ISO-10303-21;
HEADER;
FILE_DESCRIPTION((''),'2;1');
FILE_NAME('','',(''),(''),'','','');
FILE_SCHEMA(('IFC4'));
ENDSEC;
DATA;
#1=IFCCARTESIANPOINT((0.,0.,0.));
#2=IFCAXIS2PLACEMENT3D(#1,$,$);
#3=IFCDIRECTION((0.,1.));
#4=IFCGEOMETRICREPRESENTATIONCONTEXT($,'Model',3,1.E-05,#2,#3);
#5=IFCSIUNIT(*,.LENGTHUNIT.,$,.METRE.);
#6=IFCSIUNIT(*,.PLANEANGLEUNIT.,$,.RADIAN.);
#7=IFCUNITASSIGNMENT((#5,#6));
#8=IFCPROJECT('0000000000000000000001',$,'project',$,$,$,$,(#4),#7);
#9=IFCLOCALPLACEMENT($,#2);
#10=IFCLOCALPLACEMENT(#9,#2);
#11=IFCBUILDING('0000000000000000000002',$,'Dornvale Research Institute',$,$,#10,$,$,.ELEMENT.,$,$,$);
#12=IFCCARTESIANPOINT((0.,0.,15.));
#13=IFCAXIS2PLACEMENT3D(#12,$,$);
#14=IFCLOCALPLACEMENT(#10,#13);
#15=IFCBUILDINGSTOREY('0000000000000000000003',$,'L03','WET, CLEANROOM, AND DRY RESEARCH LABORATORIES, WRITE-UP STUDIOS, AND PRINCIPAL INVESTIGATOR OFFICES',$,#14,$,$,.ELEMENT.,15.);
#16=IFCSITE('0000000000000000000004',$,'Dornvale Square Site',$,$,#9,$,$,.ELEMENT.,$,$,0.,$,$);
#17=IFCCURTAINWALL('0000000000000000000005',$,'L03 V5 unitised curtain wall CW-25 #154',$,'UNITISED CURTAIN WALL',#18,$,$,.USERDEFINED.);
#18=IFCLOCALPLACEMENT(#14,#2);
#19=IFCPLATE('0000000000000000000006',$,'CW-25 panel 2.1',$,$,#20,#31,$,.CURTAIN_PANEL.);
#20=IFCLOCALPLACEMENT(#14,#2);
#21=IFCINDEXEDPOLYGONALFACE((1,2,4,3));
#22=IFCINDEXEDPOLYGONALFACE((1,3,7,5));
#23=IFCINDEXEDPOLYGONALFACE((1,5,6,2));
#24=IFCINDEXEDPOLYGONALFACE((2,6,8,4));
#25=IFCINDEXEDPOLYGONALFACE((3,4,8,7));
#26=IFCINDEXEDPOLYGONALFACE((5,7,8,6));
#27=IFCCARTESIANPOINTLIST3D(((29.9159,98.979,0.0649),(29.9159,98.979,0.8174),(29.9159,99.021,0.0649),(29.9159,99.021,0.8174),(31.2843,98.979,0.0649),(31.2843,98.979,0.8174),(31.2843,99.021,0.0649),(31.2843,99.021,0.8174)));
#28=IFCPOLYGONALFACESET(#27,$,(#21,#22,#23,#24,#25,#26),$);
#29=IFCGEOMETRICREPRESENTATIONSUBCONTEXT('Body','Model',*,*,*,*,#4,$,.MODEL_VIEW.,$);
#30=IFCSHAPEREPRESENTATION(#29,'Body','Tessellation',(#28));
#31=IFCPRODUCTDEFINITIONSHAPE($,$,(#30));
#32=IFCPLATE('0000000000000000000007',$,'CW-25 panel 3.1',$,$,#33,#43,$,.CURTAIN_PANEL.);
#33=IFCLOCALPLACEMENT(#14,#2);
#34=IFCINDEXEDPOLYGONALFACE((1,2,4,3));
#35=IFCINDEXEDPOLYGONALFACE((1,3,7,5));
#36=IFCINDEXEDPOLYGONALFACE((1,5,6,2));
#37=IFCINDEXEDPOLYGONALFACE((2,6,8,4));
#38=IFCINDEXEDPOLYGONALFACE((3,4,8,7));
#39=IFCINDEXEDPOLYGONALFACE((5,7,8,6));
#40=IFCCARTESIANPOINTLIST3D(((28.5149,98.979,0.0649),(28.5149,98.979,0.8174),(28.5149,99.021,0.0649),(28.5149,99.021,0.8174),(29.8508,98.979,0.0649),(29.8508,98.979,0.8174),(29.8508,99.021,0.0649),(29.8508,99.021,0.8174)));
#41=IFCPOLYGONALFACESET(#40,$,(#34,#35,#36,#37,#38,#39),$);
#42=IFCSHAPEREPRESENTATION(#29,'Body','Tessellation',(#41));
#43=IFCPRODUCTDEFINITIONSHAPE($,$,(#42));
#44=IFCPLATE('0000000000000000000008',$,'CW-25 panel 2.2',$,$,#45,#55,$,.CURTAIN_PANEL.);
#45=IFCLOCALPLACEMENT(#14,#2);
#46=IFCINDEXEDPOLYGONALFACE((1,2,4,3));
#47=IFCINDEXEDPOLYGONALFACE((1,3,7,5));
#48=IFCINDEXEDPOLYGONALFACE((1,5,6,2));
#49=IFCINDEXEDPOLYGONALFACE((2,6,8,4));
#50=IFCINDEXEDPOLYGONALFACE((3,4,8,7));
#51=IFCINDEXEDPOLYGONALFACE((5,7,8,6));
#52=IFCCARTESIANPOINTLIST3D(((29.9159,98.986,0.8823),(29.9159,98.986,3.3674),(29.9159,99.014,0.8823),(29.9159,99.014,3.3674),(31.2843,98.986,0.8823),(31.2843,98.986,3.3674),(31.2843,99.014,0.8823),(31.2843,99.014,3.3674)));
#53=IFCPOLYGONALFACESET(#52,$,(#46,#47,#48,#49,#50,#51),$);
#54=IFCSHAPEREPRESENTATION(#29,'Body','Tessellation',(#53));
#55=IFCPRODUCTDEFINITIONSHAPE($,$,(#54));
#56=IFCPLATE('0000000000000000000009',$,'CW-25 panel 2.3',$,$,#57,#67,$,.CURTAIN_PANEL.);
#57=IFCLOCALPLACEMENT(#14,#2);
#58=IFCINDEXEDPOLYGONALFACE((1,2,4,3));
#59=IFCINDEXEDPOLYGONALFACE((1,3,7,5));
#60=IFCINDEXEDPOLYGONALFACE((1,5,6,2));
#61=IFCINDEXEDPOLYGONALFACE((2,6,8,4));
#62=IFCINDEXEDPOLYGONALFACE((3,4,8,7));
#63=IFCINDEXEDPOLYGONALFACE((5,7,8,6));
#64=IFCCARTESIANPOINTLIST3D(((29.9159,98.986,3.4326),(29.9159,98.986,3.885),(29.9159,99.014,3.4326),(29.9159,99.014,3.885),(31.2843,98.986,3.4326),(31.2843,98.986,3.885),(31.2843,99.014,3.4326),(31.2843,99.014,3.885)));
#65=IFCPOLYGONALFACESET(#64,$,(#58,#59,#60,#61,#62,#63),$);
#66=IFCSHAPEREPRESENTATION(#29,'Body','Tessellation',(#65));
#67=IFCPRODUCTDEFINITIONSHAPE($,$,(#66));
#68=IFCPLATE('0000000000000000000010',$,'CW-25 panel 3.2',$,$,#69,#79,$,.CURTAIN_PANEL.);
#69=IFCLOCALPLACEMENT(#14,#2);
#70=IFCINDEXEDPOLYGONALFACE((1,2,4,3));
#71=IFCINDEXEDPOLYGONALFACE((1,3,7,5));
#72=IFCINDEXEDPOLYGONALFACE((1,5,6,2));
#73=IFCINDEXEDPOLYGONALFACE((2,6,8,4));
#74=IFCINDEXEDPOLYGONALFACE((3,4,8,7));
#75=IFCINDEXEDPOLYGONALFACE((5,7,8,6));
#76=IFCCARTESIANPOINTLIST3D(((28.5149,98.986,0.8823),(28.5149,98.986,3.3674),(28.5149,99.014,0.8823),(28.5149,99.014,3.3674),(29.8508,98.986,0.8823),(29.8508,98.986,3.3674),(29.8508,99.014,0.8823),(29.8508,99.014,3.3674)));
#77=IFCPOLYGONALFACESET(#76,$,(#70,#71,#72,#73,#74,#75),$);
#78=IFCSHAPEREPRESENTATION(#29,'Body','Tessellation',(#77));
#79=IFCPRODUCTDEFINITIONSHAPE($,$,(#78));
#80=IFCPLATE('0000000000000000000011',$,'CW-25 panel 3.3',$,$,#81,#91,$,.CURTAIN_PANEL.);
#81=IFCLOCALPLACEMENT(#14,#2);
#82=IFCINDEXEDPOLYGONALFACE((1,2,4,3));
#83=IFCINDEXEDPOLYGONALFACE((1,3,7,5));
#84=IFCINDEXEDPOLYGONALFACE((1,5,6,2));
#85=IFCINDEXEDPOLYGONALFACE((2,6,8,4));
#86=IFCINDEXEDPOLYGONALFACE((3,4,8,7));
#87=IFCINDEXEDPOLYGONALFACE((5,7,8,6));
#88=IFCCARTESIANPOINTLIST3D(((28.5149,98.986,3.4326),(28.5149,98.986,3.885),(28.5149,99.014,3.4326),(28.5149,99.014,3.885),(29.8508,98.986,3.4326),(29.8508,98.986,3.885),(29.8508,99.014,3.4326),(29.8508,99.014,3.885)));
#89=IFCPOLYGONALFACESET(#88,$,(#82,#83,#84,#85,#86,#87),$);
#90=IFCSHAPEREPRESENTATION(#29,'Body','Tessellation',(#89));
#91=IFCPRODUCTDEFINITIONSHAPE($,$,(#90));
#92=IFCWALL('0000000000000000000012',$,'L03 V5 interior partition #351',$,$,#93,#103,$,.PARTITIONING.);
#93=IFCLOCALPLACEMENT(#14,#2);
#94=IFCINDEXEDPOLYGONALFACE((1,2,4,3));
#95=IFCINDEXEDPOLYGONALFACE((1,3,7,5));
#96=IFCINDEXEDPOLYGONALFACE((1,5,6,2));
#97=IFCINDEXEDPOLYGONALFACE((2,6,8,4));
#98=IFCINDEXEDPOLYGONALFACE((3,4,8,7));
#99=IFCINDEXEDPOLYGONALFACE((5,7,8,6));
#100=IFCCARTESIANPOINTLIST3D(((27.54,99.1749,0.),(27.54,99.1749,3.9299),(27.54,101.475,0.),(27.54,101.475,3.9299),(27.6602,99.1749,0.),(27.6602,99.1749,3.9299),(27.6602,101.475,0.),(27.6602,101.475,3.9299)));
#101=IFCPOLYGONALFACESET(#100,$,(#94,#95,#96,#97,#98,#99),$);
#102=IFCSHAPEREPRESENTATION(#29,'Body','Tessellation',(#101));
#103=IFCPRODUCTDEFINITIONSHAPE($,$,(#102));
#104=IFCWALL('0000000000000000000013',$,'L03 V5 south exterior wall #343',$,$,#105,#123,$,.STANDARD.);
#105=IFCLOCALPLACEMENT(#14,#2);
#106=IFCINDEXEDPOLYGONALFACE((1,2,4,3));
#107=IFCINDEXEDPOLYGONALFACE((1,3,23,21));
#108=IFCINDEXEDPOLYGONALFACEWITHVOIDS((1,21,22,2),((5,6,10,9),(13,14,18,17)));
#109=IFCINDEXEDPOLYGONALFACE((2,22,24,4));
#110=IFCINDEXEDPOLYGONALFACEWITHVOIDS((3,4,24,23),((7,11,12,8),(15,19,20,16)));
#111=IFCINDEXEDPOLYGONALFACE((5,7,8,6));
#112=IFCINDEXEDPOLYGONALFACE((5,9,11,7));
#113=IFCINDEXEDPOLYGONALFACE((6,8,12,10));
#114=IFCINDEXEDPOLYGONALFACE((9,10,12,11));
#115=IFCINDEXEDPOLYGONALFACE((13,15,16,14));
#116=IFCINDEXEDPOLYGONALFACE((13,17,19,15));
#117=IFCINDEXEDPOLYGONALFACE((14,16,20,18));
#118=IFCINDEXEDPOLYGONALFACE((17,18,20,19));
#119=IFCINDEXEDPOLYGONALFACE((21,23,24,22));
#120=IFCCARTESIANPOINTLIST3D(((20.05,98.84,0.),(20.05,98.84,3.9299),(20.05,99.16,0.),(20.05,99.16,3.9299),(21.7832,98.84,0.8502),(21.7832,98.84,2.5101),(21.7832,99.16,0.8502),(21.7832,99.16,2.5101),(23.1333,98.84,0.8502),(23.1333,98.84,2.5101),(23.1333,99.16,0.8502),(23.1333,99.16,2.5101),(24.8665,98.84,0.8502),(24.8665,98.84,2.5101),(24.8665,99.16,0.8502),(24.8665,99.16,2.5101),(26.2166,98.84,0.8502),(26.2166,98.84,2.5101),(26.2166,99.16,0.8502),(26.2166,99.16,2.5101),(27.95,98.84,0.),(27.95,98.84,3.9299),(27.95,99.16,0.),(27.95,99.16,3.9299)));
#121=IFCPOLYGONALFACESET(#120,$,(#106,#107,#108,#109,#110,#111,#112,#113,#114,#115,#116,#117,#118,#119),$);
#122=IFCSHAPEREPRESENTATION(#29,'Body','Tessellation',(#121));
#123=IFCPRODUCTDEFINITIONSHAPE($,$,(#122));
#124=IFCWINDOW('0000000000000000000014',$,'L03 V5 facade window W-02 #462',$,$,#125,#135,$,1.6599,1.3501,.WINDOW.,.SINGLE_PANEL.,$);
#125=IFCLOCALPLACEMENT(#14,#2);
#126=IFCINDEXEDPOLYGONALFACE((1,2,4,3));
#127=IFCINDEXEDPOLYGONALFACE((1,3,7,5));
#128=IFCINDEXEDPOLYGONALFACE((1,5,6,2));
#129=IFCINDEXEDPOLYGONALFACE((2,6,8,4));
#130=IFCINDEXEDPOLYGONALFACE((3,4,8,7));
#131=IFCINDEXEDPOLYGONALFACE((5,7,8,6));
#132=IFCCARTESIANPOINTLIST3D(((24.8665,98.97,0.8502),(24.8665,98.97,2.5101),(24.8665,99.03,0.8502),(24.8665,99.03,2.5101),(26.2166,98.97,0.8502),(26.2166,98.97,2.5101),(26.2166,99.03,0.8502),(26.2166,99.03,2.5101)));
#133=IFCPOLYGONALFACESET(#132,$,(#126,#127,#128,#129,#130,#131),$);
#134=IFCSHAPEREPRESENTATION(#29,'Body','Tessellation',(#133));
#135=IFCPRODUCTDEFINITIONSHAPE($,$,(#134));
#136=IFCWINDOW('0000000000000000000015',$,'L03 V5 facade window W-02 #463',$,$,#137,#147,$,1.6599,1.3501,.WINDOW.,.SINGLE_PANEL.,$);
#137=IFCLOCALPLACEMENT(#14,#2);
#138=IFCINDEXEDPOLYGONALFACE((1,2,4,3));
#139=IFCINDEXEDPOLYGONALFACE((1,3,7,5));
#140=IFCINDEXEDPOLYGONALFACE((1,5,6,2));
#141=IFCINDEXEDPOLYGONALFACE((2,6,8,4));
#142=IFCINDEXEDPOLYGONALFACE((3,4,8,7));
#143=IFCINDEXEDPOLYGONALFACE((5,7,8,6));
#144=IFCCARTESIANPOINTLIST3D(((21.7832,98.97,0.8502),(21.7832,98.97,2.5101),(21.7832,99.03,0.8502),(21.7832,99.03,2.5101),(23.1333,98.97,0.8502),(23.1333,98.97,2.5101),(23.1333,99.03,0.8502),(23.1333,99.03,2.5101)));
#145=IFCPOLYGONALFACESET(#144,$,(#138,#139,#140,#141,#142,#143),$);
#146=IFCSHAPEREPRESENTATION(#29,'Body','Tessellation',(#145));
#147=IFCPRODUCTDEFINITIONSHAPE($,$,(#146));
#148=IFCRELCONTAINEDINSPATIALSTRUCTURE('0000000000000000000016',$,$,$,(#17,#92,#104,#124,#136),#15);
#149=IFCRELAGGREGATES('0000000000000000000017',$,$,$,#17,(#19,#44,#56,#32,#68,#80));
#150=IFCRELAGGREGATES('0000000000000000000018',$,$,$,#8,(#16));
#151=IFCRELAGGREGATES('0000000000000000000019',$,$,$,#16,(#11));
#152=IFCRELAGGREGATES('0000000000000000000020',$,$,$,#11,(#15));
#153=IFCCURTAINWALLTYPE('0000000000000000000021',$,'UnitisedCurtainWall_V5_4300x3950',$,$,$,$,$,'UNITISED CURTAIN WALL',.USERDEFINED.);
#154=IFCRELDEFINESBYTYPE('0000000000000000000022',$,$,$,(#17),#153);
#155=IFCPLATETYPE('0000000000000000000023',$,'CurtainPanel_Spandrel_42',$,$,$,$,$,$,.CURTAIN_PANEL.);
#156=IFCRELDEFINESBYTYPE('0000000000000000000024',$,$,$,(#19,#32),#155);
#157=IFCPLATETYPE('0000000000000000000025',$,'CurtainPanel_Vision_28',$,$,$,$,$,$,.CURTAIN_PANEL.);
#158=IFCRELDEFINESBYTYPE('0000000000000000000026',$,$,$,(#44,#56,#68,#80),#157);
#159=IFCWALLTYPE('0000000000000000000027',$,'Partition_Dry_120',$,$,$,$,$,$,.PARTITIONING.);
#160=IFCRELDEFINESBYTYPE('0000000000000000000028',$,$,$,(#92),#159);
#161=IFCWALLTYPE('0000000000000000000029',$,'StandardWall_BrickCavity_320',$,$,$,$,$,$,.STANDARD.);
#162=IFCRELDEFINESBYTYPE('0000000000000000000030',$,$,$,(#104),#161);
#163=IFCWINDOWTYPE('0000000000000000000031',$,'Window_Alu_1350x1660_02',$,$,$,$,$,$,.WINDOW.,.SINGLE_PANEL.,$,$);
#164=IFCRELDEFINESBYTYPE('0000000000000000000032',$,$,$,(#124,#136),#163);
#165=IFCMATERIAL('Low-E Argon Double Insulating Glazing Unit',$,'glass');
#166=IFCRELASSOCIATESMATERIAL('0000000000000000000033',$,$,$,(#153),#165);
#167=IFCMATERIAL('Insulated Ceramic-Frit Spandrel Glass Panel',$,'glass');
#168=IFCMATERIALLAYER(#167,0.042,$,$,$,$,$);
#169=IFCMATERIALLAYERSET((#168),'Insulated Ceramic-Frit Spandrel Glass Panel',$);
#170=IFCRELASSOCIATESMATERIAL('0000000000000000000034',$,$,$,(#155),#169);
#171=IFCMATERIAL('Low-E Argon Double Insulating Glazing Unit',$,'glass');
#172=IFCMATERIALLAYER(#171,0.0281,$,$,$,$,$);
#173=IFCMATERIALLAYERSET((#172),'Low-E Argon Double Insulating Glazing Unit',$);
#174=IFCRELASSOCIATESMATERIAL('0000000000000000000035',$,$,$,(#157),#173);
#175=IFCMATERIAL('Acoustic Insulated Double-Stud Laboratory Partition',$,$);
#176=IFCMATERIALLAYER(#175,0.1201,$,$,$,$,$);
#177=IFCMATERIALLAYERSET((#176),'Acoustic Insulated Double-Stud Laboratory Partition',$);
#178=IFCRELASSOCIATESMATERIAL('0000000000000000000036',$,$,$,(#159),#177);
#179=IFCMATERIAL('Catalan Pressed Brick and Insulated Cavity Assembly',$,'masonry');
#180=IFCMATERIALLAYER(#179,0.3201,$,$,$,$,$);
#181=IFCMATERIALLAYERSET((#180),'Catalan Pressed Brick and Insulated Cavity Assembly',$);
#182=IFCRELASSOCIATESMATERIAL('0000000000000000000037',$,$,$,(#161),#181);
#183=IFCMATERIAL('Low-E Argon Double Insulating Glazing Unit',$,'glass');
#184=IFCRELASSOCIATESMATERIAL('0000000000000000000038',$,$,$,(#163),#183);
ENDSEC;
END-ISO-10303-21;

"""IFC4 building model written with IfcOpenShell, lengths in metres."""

from ifc_helpers import new_model, si_unit, direction, frame, frame_2d, origin, origin_2d, place, context, subcontext, project, spatial, rectangle, extrude, material, layer, layer_set, type_object, element, fill, aggregate, save


model = new_model("IFC4")

# Units and contexts
model_context = context("Model", 3, precision=1e-05, world=origin(), true_north=direction((0.0, 1.0)))
body_context = subcontext(model_context, "Body", "Model", "MODEL_VIEW")
ifc_project = project(units=[si_unit("LENGTHUNIT", "METRE"), si_unit("PLANEANGLEUNIT", "RADIAN")], contexts=[model_context])

# Site, building, storey
site_placement = place(None, origin())
site = spatial("IfcSite", under=ifc_project, at=site_placement, Name="Dornvale Square Site", CompositionType="ELEMENT", RefElevation=0.0)
building_placement = place(site_placement, origin())
building = spatial("IfcBuilding", under=site, at=building_placement, Name="Dornvale Research Institute", CompositionType="ELEMENT")
storey_placement = place(building_placement, frame((0.0, 0.0, 15.0)))
storey = spatial("IfcBuildingStorey", under=building, at=storey_placement, Name="L03", Description="WET, CLEANROOM, AND DRY RESEARCH LABORATORIES, WRITE-UP STUDIOS, AND PRINCIPAL INVESTIGATOR OFFICES", CompositionType="ELEMENT", Elevation=15.0)

# Curtain wall
ifc_material_1 = material(Name="Low-E Argon Double Insulating Glazing Unit", Category="glass")
curtain_wall_type = type_object("IfcCurtainWallType", Name="UnitisedCurtainWall_V5_4300x3950", ElementType="UNITISED CURTAIN WALL", PredefinedType="USERDEFINED", material=ifc_material_1)
curtain_wall_placement = place(storey_placement, origin())
curtain_wall = element("IfcCurtainWall", 1, at=curtain_wall_placement, inside=storey, type_object=curtain_wall_type, Name="L03 V5 unitised curtain wall CW-25 #154", ObjectType="UNITISED CURTAIN WALL", PredefinedType="USERDEFINED")

# Plates
ifc_material_2 = material(Name="Insulated Ceramic-Frit Spandrel Glass Panel", Category="glass")
ifc_layer_1 = layer(ifc_material_2, 0.042)
ifc_layer_set_1 = layer_set([ifc_layer_1], Name="Insulated Ceramic-Frit Spandrel Glass Panel")
plate_type_1 = type_object("IfcPlateType", Name="CurtainPanel_Spandrel_42", PredefinedType="CURTAIN_PANEL", material=ifc_layer_set_1)
plate_1_placement = place(storey_placement, frame((30.6001, 99.0, 0.0649), z_axis=(0.0, 0.0, 1.0), x_axis=(-1.0, 0.0, 0.0)))
plate_1 = element("IfcPlate", 2, at=plate_1_placement, type_object=plate_type_1, Name="CW-25 panel 2.1", PredefinedType="CURTAIN_PANEL", context=body_context, shape_type="SweptSolid", body=[
    extrude(rectangle(XDim=1.3684, YDim=0.042, at=origin_2d()), origin(), (0.0, 0.0, 1.0), 0.7524),
])
plate_2_placement = place(storey_placement, frame((29.1829, 99.0, 0.0649), z_axis=(0.0, 0.0, 1.0), x_axis=(-1.0, 0.0, 0.0)))
plate_2 = element("IfcPlate", 3, at=plate_2_placement, type_object=plate_type_1, Name="CW-25 panel 3.1", PredefinedType="CURTAIN_PANEL", context=body_context, shape_type="SweptSolid", body=[
    extrude(rectangle(XDim=1.3359, YDim=0.042, at=origin_2d()), origin(), (0.0, 0.0, 1.0), 0.7524),
])
ifc_material_3 = material(Name="Low-E Argon Double Insulating Glazing Unit", Category="glass")
ifc_layer_2 = layer(ifc_material_3, 0.0281)
ifc_layer_set_2 = layer_set([ifc_layer_2], Name="Low-E Argon Double Insulating Glazing Unit")
plate_type_2 = type_object("IfcPlateType", Name="CurtainPanel_Vision_28", PredefinedType="CURTAIN_PANEL", material=ifc_layer_set_2)
plate_3_placement = place(storey_placement, frame((30.6001, 99.0, 0.8823), z_axis=(0.0, 0.0, 1.0), x_axis=(-1.0, 0.0, 0.0)))
plate_3 = element("IfcPlate", 4, at=plate_3_placement, type_object=plate_type_2, Name="CW-25 panel 2.2", PredefinedType="CURTAIN_PANEL", context=body_context, shape_type="SweptSolid", body=[
    extrude(rectangle(XDim=1.3684, YDim=0.0281, at=origin_2d()), origin(), (0.0, 0.0, 1.0), 2.4851),
])
plate_4_placement = place(storey_placement, frame((30.6001, 99.0, 3.4326), z_axis=(0.0, 0.0, 1.0), x_axis=(-1.0, 0.0, 0.0)))
plate_4 = element("IfcPlate", 5, at=plate_4_placement, type_object=plate_type_2, Name="CW-25 panel 2.3", PredefinedType="CURTAIN_PANEL", context=body_context, shape_type="SweptSolid", body=[
    extrude(rectangle(XDim=1.3684, YDim=0.0281, at=origin_2d()), origin(), (0.0, 0.0, 1.0), 0.4524),
])
plate_5_placement = place(storey_placement, frame((29.1829, 99.0, 0.8823), z_axis=(0.0, 0.0, 1.0), x_axis=(-1.0, 0.0, 0.0)))
plate_5 = element("IfcPlate", 6, at=plate_5_placement, type_object=plate_type_2, Name="CW-25 panel 3.2", PredefinedType="CURTAIN_PANEL", context=body_context, shape_type="SweptSolid", body=[
    extrude(rectangle(XDim=1.3359, YDim=0.0281, at=origin_2d()), origin(), (0.0, 0.0, 1.0), 2.4851),
])
plate_6_placement = place(storey_placement, frame((29.1829, 99.0, 3.4326), z_axis=(0.0, 0.0, 1.0), x_axis=(-1.0, 0.0, 0.0)))
plate_6 = element("IfcPlate", 7, at=plate_6_placement, type_object=plate_type_2, Name="CW-25 panel 3.3", PredefinedType="CURTAIN_PANEL", context=body_context, shape_type="SweptSolid", body=[
    extrude(rectangle(XDim=1.3359, YDim=0.0281, at=origin_2d()), origin(), (0.0, 0.0, 1.0), 0.4524),
])
aggregate(curtain_wall, [plate_1, plate_3, plate_4, plate_2, plate_5, plate_6])

# Wall
ifc_material_4 = material(Name="Acoustic Insulated Double-Stud Laboratory Partition")
ifc_layer_3 = layer(ifc_material_4, 0.1201)
ifc_layer_set_3 = layer_set([ifc_layer_3], Name="Acoustic Insulated Double-Stud Laboratory Partition")
wall_type_1 = type_object("IfcWallType", Name="Partition_Dry_120", PredefinedType="PARTITIONING", material=ifc_layer_set_3)
wall_1_placement = place(storey_placement, frame((27.6001, 99.175, 0.0), z_axis=(0.0, 0.0, 1.0), x_axis=(0.0, 1.0, 0.0)))
element("IfcWall", 8, at=wall_1_placement, inside=storey, type_object=wall_type_1, Name="L03 V5 interior partition #351", PredefinedType="PARTITIONING", context=body_context, shape_type="SweptSolid", body=[
    extrude(rectangle(XDim=2.3, YDim=0.1201, at=frame_2d((1.1499, 0.0))), origin(), (0.0, 0.0, 1.0), 3.9299),
])

# Wall, openings, windows
ifc_material_5 = material(Name="Catalan Pressed Brick and Insulated Cavity Assembly", Category="masonry")
ifc_layer_4 = layer(ifc_material_5, 0.3201)
ifc_layer_set_4 = layer_set([ifc_layer_4], Name="Catalan Pressed Brick and Insulated Cavity Assembly")
wall_type_2 = type_object("IfcWallType", Name="StandardWall_BrickCavity_320", PredefinedType="STANDARD", material=ifc_layer_set_4)
wall_2_placement = place(storey_placement, frame((27.95, 99.0, 0.0), z_axis=(0.0, 0.0, 1.0), x_axis=(-1.0, 0.0, 0.0)))
wall_2 = element("IfcWall", 9, at=wall_2_placement, inside=storey, type_object=wall_type_2, Name="L03 V5 south exterior wall #343", PredefinedType="STANDARD", context=body_context, shape_type="SweptSolid", body=[
    extrude(rectangle(XDim=7.8999, YDim=0.3201, at=frame_2d((3.95, 0.0))), origin(), (0.0, 0.0, 1.0), 3.9299),
])
opening_1_placement = place(wall_2_placement, frame((1.7334, 0.0, 0.8501)))
opening_1 = element("IfcOpeningElement", 10, at=opening_1_placement, cuts=wall_2, PredefinedType="OPENING", context=body_context, shape_type="SweptSolid", body=[
    extrude(rectangle(XDim=1.3501, YDim=1.6599, at=frame_2d((0.675, 0.8301))), frame((0.0, 0.175, 0.0), z_axis=(0.0, -1.0, 0.0), x_axis=(1.0, 0.0, 0.0)), (0.0, 0.0, 1.0), 0.3501),
])
opening_2_placement = place(wall_2_placement, frame((4.8167, 0.0, 0.8501)))
opening_2 = element("IfcOpeningElement", 11, at=opening_2_placement, cuts=wall_2, PredefinedType="OPENING", context=body_context, shape_type="SweptSolid", body=[
    extrude(rectangle(XDim=1.3501, YDim=1.6599, at=frame_2d((0.675, 0.8301))), frame((0.0, 0.175, 0.0), z_axis=(0.0, -1.0, 0.0), x_axis=(1.0, 0.0, 0.0)), (0.0, 0.0, 1.0), 0.3501),
])
ifc_material_6 = material(Name="Low-E Argon Double Insulating Glazing Unit", Category="glass")
window_type = type_object("IfcWindowType", Name="Window_Alu_1350x1660_02", PartitioningType="SINGLE_PANEL", PredefinedType="WINDOW", material=ifc_material_6)
window_1_placement = place(opening_1_placement, origin())
window_1 = element("IfcWindow", 12, at=window_1_placement, inside=storey, type_object=window_type, Name="L03 V5 facade window W-02 #462", OverallHeight=1.6599, OverallWidth=1.3501, PartitioningType="SINGLE_PANEL", PredefinedType="WINDOW", context=body_context, shape_type="SweptSolid", body=[
    extrude(rectangle(XDim=1.3501, YDim=1.6599, at=frame_2d((0.675, 0.8301))), frame((0.0, 0.03, 0.0), z_axis=(0.0, -1.0, 0.0), x_axis=(1.0, 0.0, 0.0)), (0.0, 0.0, 1.0), 0.0601),
])
fill(opening_1, window_1)
window_2_placement = place(opening_2_placement, origin())
window_2 = element("IfcWindow", 13, at=window_2_placement, inside=storey, type_object=window_type, Name="L03 V5 facade window W-02 #463", OverallHeight=1.6599, OverallWidth=1.3501, PartitioningType="SINGLE_PANEL", PredefinedType="WINDOW", context=body_context, shape_type="SweptSolid", body=[
    extrude(rectangle(XDim=1.3501, YDim=1.6599, at=frame_2d((0.675, 0.8301))), frame((0.0, 0.03, 0.0), z_axis=(0.0, -1.0, 0.0), x_axis=(1.0, 0.0, 0.0)), (0.0, 0.0, 1.0), 0.0601),
])
fill(opening_2, window_2)

save(model, "model.ifc")
